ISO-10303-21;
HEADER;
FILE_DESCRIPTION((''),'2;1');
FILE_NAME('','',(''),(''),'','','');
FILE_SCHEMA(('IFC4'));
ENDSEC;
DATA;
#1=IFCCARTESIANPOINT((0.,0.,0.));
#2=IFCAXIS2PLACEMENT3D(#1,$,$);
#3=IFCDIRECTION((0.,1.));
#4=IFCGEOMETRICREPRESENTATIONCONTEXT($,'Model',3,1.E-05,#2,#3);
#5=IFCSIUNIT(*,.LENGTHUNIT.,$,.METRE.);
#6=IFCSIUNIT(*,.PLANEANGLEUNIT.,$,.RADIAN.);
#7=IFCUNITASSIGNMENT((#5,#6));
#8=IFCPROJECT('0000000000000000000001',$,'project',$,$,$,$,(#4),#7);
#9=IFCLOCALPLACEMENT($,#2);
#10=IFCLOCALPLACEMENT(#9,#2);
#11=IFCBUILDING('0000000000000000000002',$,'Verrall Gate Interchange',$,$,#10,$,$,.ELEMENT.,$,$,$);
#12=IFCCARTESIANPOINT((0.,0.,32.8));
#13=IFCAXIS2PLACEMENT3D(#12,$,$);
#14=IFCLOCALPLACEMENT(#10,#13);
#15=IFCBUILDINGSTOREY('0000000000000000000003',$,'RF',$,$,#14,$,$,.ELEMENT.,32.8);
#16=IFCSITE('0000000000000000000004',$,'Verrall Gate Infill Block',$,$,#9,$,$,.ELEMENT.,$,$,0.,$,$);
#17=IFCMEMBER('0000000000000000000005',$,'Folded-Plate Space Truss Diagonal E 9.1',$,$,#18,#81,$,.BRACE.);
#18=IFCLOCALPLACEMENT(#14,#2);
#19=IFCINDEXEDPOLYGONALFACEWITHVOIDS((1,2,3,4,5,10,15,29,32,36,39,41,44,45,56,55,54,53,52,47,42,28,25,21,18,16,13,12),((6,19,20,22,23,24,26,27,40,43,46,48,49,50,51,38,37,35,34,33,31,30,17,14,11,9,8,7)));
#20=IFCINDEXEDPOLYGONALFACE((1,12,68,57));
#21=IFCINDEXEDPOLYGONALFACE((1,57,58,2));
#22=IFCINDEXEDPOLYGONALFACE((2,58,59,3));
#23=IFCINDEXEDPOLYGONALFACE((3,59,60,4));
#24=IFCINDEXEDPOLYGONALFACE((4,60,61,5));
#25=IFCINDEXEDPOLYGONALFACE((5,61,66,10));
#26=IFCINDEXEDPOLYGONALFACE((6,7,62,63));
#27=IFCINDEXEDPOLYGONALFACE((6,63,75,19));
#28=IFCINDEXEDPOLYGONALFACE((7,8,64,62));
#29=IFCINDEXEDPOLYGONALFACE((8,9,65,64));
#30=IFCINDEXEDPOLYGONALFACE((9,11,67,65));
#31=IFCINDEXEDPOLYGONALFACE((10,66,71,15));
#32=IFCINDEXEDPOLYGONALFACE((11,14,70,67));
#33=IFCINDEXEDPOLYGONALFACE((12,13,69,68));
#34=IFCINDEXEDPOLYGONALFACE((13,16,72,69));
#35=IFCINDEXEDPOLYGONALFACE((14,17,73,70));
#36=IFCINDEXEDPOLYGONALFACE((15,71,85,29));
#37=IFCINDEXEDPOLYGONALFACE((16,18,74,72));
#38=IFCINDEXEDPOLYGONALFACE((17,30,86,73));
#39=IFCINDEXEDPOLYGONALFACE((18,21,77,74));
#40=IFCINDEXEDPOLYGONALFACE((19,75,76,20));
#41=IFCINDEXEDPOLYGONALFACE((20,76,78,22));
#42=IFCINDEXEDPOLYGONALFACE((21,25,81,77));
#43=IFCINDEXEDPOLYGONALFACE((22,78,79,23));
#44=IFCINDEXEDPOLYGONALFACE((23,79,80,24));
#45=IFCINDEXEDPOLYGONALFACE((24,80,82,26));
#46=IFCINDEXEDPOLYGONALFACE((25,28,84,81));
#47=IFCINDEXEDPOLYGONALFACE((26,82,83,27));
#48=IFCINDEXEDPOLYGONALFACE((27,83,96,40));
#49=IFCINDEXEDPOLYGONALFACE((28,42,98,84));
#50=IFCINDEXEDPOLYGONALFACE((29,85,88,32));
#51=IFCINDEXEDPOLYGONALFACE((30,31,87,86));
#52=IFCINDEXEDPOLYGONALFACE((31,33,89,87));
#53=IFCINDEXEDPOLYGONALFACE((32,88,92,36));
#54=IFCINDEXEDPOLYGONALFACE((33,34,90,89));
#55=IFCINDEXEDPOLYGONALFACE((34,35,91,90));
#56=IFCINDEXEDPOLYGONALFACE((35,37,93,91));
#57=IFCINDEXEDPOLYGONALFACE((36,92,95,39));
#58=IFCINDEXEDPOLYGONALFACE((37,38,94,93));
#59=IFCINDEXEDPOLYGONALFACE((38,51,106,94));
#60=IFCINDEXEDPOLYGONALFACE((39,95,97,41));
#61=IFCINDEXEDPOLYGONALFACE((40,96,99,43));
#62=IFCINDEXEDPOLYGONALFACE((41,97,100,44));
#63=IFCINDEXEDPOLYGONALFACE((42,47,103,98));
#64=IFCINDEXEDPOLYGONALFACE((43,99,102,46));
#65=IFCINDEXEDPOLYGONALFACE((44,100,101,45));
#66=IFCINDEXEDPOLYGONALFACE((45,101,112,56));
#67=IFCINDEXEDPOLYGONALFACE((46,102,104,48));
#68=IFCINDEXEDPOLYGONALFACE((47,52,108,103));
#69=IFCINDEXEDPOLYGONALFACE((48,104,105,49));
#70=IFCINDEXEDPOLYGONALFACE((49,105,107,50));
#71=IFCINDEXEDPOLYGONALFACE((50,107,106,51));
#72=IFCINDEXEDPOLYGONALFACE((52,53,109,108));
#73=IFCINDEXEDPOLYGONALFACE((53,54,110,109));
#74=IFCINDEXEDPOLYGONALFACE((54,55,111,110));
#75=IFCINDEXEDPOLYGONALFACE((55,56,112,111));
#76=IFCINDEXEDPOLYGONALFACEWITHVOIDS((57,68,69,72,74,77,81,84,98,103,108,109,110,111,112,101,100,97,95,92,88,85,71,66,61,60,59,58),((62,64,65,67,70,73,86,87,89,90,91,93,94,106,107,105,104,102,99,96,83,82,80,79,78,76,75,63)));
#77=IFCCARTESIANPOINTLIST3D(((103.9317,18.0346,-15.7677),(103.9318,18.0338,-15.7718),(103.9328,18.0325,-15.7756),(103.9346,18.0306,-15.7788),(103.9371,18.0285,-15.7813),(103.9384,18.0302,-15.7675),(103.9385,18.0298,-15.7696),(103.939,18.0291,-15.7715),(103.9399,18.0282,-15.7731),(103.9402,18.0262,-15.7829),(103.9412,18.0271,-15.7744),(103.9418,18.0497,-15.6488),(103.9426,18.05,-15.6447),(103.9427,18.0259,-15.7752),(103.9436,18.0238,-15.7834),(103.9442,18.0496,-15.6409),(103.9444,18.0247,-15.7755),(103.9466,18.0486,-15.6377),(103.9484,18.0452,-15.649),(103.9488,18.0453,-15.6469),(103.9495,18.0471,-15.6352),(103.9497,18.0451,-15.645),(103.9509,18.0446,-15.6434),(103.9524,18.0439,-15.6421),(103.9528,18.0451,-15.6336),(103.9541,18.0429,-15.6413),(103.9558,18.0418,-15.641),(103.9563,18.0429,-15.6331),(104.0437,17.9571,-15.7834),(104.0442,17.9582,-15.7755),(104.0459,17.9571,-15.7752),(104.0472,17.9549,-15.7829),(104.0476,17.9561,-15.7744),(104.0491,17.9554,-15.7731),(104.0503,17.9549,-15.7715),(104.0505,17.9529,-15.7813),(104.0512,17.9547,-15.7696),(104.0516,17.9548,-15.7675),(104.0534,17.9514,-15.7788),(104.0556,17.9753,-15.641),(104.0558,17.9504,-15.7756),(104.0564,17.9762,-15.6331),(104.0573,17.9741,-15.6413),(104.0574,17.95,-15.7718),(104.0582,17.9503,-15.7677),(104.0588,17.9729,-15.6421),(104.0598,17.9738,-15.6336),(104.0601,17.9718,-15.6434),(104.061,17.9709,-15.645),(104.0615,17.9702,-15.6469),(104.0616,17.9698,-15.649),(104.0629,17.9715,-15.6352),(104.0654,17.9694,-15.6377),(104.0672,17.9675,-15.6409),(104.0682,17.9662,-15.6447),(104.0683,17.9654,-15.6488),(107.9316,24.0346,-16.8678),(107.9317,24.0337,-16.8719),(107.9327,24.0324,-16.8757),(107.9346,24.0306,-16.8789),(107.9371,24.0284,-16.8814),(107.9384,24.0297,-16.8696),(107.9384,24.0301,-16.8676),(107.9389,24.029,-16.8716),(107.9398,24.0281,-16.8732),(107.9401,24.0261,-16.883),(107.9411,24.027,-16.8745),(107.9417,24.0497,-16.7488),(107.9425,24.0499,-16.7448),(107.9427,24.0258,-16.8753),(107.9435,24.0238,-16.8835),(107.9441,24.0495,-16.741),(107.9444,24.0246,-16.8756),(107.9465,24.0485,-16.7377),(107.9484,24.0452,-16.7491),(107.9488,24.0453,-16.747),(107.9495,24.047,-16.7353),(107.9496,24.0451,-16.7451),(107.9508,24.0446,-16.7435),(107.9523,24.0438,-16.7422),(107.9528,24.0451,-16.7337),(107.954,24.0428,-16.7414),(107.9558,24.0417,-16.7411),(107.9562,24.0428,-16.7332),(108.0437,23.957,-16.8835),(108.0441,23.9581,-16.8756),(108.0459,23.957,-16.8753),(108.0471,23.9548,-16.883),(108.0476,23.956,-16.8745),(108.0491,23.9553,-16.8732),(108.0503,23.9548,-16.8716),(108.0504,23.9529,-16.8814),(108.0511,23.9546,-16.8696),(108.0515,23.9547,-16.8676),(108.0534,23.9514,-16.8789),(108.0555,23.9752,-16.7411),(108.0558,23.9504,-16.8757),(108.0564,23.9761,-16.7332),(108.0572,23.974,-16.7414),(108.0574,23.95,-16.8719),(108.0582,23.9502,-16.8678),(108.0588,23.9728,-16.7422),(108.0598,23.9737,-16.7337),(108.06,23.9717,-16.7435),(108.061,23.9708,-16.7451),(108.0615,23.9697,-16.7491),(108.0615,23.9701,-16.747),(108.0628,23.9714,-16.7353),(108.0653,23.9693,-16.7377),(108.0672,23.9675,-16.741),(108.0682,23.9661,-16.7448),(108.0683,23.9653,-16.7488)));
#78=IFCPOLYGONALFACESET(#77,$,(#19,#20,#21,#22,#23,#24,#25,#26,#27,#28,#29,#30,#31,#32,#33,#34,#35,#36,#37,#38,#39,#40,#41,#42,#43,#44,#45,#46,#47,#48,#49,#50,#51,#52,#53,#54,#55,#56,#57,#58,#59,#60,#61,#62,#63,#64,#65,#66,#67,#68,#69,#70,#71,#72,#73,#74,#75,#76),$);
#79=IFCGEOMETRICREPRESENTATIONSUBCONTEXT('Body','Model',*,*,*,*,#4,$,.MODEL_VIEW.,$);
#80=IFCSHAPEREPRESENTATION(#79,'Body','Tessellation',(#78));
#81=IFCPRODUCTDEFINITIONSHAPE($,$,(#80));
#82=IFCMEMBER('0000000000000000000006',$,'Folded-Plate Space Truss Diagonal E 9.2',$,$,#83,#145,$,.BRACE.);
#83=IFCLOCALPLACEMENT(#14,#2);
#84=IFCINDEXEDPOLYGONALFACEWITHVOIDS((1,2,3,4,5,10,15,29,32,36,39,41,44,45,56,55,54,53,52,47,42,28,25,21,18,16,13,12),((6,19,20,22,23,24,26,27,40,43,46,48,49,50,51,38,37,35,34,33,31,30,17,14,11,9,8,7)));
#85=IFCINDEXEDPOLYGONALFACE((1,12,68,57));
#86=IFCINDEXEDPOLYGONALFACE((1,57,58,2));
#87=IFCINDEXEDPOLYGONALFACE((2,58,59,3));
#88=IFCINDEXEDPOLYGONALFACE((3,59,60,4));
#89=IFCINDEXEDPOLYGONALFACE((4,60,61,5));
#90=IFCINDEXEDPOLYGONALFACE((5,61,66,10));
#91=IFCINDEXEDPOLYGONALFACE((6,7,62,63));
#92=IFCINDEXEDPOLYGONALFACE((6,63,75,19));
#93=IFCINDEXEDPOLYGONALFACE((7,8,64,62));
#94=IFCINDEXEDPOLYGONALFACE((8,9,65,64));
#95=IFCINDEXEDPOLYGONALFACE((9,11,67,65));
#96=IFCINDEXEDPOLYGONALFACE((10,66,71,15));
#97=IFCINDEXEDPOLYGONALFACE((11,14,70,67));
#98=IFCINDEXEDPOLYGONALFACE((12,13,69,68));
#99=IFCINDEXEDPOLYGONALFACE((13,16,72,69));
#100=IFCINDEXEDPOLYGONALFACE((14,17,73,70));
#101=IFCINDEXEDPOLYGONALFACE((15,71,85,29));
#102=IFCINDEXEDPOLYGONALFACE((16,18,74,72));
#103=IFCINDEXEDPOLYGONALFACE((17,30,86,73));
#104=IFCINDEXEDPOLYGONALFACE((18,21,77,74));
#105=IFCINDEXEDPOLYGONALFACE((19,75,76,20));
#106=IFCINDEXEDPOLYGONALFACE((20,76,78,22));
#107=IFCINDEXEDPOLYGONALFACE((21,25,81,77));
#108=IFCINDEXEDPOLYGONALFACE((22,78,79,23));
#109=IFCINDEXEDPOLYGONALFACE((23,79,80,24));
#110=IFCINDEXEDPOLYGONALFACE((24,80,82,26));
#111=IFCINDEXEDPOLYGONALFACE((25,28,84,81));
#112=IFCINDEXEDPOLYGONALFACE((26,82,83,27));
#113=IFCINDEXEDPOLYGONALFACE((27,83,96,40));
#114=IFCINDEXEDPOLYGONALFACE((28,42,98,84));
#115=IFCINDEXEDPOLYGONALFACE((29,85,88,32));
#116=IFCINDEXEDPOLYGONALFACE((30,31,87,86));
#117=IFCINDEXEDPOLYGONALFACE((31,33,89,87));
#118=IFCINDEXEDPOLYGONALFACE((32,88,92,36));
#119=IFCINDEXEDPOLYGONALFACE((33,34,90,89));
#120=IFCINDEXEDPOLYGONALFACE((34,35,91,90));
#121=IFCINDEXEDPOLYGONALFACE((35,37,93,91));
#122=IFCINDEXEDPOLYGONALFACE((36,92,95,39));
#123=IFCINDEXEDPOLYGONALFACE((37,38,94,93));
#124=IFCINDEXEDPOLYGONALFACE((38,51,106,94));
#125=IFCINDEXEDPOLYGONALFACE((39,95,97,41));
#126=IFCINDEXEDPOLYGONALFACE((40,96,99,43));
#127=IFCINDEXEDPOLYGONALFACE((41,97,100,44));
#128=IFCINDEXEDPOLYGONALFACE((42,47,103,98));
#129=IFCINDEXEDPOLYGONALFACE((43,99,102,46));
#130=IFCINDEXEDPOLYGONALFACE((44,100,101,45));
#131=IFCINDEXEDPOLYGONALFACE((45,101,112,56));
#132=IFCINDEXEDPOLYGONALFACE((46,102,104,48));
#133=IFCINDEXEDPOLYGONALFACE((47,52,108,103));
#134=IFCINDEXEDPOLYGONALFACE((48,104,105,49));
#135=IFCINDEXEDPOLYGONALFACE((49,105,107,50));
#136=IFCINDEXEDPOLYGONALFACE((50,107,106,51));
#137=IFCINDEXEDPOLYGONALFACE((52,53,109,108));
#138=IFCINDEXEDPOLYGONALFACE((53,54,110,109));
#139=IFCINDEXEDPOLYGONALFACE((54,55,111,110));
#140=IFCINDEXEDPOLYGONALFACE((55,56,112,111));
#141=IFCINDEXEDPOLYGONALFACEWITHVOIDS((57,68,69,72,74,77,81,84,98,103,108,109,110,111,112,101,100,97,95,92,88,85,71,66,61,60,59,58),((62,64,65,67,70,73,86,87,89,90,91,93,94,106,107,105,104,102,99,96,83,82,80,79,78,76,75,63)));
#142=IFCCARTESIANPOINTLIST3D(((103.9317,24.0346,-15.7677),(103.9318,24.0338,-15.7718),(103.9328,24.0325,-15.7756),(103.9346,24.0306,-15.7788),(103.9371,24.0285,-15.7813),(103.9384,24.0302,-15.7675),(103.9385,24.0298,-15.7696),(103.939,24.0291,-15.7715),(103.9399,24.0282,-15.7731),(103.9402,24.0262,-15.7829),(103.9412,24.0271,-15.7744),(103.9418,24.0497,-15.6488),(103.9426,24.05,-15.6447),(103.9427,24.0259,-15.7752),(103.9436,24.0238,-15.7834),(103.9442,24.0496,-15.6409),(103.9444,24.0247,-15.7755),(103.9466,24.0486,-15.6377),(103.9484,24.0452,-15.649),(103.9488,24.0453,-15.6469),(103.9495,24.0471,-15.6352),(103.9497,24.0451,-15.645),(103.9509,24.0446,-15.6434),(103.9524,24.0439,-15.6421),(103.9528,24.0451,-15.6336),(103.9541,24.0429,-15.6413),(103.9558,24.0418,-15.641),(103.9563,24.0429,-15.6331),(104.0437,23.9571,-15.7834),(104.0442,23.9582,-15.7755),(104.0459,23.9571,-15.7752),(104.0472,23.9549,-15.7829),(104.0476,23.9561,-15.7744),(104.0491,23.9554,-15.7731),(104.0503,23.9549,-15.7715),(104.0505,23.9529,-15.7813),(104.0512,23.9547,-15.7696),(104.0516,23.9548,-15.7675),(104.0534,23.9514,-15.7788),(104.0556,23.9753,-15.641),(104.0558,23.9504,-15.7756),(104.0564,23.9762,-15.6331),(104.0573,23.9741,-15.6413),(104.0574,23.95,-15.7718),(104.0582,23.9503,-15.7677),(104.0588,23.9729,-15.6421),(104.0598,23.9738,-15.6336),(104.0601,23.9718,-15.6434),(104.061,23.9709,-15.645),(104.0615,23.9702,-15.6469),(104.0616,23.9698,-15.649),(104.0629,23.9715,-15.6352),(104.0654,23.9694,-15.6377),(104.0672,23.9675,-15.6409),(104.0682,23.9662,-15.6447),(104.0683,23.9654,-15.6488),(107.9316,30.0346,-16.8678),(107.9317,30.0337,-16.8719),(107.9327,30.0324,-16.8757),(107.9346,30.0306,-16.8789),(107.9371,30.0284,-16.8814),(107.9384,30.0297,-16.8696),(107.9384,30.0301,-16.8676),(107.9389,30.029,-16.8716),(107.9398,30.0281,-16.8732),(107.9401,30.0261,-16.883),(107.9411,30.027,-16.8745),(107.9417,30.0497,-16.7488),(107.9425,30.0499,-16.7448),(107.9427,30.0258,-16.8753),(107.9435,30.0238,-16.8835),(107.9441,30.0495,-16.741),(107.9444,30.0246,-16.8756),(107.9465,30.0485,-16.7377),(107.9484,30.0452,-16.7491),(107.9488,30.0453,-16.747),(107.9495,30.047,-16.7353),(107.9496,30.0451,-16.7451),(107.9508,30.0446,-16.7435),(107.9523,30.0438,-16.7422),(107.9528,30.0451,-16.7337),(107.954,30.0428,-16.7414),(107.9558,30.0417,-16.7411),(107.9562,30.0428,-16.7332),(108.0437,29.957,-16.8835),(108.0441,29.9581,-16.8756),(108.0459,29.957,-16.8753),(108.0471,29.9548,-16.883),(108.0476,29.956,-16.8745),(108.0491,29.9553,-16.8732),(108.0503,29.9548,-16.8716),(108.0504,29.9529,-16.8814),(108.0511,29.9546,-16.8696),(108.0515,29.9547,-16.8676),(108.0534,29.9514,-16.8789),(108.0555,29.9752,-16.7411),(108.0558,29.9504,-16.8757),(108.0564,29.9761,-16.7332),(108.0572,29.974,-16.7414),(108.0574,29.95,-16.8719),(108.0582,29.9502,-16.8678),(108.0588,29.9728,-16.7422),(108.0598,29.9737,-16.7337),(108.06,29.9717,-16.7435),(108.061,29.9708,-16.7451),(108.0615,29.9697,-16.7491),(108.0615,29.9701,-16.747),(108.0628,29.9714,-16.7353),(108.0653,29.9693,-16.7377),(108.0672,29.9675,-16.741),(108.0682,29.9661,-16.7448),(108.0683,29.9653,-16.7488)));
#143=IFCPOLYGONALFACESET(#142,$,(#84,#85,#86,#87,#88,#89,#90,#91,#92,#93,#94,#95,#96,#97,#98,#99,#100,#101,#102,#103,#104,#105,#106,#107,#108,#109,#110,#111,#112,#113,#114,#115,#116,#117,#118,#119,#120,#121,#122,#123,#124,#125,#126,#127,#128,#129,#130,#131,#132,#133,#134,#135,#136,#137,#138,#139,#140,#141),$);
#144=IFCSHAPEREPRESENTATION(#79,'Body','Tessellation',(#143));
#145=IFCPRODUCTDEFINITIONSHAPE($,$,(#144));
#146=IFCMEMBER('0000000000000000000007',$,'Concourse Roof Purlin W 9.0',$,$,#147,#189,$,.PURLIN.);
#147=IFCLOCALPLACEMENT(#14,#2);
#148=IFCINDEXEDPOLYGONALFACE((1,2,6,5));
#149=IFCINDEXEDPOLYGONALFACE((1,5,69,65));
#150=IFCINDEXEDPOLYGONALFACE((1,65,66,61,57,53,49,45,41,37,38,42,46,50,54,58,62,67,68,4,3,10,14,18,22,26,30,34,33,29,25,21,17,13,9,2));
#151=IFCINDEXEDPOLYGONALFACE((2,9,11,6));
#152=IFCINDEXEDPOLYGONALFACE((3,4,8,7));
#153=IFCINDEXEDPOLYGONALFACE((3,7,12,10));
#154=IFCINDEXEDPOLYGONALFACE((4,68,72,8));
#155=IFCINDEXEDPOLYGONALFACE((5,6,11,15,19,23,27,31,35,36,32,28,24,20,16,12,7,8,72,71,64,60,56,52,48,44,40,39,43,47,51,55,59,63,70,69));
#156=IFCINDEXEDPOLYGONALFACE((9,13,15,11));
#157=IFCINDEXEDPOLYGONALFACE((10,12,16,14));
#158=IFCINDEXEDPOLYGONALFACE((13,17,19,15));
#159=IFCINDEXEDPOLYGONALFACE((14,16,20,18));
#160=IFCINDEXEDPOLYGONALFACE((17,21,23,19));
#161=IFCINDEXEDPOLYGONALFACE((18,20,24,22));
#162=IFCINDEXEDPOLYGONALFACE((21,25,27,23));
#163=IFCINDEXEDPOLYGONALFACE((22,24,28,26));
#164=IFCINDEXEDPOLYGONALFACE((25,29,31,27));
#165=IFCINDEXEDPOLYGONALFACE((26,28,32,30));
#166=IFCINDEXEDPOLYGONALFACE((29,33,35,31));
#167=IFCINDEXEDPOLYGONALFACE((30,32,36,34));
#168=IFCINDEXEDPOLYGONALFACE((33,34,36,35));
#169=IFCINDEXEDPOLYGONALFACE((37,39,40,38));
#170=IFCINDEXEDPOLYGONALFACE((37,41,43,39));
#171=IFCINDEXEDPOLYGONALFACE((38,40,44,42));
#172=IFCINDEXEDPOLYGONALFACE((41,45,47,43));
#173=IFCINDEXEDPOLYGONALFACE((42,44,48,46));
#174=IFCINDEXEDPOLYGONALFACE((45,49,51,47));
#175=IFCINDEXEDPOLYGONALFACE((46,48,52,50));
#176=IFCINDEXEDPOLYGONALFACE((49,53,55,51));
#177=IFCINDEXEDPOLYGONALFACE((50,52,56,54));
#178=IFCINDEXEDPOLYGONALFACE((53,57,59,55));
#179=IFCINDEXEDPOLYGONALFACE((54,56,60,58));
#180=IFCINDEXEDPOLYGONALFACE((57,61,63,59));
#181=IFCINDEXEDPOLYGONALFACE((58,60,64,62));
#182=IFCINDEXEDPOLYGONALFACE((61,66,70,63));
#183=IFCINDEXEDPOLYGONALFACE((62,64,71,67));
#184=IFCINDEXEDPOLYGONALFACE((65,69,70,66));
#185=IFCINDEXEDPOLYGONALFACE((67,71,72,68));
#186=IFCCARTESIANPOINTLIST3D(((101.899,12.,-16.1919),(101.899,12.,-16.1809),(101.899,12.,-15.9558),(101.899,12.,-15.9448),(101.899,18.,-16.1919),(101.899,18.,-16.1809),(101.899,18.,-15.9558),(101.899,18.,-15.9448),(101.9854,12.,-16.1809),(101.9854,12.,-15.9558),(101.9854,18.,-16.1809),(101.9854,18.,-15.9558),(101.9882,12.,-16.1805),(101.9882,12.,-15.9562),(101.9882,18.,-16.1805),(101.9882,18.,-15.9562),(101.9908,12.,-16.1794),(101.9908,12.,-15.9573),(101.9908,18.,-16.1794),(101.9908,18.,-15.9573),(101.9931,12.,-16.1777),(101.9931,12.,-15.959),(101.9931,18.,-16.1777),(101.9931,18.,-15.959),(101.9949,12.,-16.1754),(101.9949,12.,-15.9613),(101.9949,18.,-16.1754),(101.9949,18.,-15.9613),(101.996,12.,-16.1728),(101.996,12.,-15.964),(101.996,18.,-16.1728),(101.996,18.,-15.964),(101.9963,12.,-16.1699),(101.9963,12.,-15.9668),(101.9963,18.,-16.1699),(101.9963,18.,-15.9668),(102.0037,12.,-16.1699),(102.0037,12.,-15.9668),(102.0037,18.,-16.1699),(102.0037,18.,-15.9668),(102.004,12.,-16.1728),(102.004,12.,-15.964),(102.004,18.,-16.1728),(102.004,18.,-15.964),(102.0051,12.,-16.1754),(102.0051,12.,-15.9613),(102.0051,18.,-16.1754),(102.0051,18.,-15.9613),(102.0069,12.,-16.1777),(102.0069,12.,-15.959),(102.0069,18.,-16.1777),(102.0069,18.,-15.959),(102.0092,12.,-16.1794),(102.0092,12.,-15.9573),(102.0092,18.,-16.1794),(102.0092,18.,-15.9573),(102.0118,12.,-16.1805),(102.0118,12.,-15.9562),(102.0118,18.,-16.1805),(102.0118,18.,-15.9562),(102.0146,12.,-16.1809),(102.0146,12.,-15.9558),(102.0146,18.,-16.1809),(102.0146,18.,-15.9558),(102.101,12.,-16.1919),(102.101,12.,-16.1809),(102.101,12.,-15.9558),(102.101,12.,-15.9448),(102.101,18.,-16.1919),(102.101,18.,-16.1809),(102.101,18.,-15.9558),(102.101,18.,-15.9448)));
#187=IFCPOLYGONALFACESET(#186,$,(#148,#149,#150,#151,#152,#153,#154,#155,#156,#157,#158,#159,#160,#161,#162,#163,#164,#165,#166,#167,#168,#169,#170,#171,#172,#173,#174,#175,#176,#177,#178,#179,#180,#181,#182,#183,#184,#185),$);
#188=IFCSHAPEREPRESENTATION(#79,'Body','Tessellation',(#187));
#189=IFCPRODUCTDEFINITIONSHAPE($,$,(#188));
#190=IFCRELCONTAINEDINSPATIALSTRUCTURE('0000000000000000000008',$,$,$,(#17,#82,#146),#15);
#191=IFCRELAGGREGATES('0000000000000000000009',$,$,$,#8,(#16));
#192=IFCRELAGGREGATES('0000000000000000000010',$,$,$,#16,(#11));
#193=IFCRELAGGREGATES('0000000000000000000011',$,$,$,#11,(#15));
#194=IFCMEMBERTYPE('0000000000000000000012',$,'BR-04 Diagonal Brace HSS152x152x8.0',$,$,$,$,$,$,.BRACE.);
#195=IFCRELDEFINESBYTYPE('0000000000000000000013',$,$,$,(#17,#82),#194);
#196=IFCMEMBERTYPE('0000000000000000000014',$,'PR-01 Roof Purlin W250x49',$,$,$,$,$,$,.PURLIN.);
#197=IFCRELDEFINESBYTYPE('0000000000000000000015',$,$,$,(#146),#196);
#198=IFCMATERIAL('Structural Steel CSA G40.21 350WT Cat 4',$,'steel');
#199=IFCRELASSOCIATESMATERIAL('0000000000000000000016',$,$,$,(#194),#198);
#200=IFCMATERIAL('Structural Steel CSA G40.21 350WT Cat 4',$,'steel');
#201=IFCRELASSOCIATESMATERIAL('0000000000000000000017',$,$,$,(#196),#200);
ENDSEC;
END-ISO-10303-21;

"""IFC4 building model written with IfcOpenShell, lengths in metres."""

from ifc_helpers import new_model, si_unit, direction, frame, origin, origin_2d, place, context, subcontext, project, spatial, hollow_rectangle, i_section, extrude, material, material_profile, profile_set, type_object, element, save


model = new_model("IFC4")

# Units and contexts
model_context = context("Model", 3, precision=1e-05, world=origin(), true_north=direction((0.0, 1.0)))
body_context = subcontext(model_context, "Body", "Model", "MODEL_VIEW")
ifc_project = project(units=[si_unit("LENGTHUNIT", "METRE"), si_unit("PLANEANGLEUNIT", "RADIAN")], contexts=[model_context])

# Site, building, storey
site_placement = place(None, origin())
site = spatial("IfcSite", under=ifc_project, at=site_placement, Name="Verrall Gate Infill Block", CompositionType="ELEMENT", RefElevation=0.0)
building_placement = place(site_placement, origin())
building = spatial("IfcBuilding", under=site, at=building_placement, Name="Verrall Gate Interchange", CompositionType="ELEMENT")
storey_placement = place(building_placement, frame((0.0, 0.0, 32.8)))
storey = spatial("IfcBuildingStorey", under=building, at=storey_placement, Name="RF", CompositionType="ELEMENT", Elevation=32.8)

# Members
ifc_material_1 = material(Name="Structural Steel CSA G40.21 350WT Cat 4", Category="steel")
ifc_material_profile_1 = material_profile(ifc_material_1, hollow_rectangle(XDim=0.1521, YDim=0.1521, WallThickness=0.0081, InnerFilletRadius=0.0081, OuterFilletRadius=0.0159, at=origin_2d()), Name="HSS152x152x8.0")
ifc_profile_set_1 = profile_set([ifc_material_profile_1], Name="Structural Steel CSA G40.21 350WT Cat 4")
member_type_1 = type_object("IfcMemberType", Name="BR-04 Diagonal Brace HSS152x152x8.0", PredefinedType="BRACE", material=ifc_profile_set_1)
for number, where, z_axis, x_axis, name in (
    (1, (104.0, 18.0, -15.7083), (0.548356, 0.822534, -0.150811), (-0.83205, 0.5547, 0.0), "Folded-Plate Space Truss Diagonal E 9.1"),
    (2, (104.0, 24.0, -15.7083), (0.548356, 0.822534, -0.150811), (-0.83205, 0.5547, 0.0), "Folded-Plate Space Truss Diagonal E 9.2"),
):
    element("IfcMember", number, at=place(storey_placement, frame(where, z_axis=z_axis, x_axis=x_axis)), inside=storey, type_object=member_type_1, Name=name, PredefinedType="BRACE", context=body_context, shape_type="SweptSolid", body=[
        extrude(hollow_rectangle(XDim=0.1521, YDim=0.1521, WallThickness=0.0081, InnerFilletRadius=0.0081, OuterFilletRadius=0.0159, at=origin_2d()), origin(), (0.0, 0.0, 1.0), 7.2944),
    ])
ifc_material_2 = material(Name="Structural Steel CSA G40.21 350WT Cat 4", Category="steel")
ifc_material_profile_2 = material_profile(ifc_material_2, i_section(OverallWidth=0.2019, OverallDepth=0.2471, WebThickness=0.0073, FlangeThickness=0.011, FilletRadius=0.011, at=origin_2d()), Name="W250x49")
ifc_profile_set_2 = profile_set([ifc_material_profile_2], Name="Structural Steel CSA G40.21 350WT Cat 4")
member_type_2 = type_object("IfcMemberType", Name="PR-01 Roof Purlin W250x49", PredefinedType="PURLIN", material=ifc_profile_set_2)
for number, where, z_axis, x_axis, name in (
    (3, (102.0, 12.0, -16.0684), (0.0, 1.0, 0.0), (-1.0, 0.0, 0.0), "Concourse Roof Purlin W 9.0"),
):
    element("IfcMember", number, at=place(storey_placement, frame(where, z_axis=z_axis, x_axis=x_axis)), inside=storey, type_object=member_type_2, Name=name, PredefinedType="PURLIN", context=body_context, shape_type="SweptSolid", body=[
        extrude(i_section(OverallWidth=0.2019, OverallDepth=0.2471, WebThickness=0.0073, FlangeThickness=0.011, FilletRadius=0.011, at=origin_2d()), origin(), (0.0, 0.0, 1.0), 6.0),
    ])

save(model, "model.ifc")
